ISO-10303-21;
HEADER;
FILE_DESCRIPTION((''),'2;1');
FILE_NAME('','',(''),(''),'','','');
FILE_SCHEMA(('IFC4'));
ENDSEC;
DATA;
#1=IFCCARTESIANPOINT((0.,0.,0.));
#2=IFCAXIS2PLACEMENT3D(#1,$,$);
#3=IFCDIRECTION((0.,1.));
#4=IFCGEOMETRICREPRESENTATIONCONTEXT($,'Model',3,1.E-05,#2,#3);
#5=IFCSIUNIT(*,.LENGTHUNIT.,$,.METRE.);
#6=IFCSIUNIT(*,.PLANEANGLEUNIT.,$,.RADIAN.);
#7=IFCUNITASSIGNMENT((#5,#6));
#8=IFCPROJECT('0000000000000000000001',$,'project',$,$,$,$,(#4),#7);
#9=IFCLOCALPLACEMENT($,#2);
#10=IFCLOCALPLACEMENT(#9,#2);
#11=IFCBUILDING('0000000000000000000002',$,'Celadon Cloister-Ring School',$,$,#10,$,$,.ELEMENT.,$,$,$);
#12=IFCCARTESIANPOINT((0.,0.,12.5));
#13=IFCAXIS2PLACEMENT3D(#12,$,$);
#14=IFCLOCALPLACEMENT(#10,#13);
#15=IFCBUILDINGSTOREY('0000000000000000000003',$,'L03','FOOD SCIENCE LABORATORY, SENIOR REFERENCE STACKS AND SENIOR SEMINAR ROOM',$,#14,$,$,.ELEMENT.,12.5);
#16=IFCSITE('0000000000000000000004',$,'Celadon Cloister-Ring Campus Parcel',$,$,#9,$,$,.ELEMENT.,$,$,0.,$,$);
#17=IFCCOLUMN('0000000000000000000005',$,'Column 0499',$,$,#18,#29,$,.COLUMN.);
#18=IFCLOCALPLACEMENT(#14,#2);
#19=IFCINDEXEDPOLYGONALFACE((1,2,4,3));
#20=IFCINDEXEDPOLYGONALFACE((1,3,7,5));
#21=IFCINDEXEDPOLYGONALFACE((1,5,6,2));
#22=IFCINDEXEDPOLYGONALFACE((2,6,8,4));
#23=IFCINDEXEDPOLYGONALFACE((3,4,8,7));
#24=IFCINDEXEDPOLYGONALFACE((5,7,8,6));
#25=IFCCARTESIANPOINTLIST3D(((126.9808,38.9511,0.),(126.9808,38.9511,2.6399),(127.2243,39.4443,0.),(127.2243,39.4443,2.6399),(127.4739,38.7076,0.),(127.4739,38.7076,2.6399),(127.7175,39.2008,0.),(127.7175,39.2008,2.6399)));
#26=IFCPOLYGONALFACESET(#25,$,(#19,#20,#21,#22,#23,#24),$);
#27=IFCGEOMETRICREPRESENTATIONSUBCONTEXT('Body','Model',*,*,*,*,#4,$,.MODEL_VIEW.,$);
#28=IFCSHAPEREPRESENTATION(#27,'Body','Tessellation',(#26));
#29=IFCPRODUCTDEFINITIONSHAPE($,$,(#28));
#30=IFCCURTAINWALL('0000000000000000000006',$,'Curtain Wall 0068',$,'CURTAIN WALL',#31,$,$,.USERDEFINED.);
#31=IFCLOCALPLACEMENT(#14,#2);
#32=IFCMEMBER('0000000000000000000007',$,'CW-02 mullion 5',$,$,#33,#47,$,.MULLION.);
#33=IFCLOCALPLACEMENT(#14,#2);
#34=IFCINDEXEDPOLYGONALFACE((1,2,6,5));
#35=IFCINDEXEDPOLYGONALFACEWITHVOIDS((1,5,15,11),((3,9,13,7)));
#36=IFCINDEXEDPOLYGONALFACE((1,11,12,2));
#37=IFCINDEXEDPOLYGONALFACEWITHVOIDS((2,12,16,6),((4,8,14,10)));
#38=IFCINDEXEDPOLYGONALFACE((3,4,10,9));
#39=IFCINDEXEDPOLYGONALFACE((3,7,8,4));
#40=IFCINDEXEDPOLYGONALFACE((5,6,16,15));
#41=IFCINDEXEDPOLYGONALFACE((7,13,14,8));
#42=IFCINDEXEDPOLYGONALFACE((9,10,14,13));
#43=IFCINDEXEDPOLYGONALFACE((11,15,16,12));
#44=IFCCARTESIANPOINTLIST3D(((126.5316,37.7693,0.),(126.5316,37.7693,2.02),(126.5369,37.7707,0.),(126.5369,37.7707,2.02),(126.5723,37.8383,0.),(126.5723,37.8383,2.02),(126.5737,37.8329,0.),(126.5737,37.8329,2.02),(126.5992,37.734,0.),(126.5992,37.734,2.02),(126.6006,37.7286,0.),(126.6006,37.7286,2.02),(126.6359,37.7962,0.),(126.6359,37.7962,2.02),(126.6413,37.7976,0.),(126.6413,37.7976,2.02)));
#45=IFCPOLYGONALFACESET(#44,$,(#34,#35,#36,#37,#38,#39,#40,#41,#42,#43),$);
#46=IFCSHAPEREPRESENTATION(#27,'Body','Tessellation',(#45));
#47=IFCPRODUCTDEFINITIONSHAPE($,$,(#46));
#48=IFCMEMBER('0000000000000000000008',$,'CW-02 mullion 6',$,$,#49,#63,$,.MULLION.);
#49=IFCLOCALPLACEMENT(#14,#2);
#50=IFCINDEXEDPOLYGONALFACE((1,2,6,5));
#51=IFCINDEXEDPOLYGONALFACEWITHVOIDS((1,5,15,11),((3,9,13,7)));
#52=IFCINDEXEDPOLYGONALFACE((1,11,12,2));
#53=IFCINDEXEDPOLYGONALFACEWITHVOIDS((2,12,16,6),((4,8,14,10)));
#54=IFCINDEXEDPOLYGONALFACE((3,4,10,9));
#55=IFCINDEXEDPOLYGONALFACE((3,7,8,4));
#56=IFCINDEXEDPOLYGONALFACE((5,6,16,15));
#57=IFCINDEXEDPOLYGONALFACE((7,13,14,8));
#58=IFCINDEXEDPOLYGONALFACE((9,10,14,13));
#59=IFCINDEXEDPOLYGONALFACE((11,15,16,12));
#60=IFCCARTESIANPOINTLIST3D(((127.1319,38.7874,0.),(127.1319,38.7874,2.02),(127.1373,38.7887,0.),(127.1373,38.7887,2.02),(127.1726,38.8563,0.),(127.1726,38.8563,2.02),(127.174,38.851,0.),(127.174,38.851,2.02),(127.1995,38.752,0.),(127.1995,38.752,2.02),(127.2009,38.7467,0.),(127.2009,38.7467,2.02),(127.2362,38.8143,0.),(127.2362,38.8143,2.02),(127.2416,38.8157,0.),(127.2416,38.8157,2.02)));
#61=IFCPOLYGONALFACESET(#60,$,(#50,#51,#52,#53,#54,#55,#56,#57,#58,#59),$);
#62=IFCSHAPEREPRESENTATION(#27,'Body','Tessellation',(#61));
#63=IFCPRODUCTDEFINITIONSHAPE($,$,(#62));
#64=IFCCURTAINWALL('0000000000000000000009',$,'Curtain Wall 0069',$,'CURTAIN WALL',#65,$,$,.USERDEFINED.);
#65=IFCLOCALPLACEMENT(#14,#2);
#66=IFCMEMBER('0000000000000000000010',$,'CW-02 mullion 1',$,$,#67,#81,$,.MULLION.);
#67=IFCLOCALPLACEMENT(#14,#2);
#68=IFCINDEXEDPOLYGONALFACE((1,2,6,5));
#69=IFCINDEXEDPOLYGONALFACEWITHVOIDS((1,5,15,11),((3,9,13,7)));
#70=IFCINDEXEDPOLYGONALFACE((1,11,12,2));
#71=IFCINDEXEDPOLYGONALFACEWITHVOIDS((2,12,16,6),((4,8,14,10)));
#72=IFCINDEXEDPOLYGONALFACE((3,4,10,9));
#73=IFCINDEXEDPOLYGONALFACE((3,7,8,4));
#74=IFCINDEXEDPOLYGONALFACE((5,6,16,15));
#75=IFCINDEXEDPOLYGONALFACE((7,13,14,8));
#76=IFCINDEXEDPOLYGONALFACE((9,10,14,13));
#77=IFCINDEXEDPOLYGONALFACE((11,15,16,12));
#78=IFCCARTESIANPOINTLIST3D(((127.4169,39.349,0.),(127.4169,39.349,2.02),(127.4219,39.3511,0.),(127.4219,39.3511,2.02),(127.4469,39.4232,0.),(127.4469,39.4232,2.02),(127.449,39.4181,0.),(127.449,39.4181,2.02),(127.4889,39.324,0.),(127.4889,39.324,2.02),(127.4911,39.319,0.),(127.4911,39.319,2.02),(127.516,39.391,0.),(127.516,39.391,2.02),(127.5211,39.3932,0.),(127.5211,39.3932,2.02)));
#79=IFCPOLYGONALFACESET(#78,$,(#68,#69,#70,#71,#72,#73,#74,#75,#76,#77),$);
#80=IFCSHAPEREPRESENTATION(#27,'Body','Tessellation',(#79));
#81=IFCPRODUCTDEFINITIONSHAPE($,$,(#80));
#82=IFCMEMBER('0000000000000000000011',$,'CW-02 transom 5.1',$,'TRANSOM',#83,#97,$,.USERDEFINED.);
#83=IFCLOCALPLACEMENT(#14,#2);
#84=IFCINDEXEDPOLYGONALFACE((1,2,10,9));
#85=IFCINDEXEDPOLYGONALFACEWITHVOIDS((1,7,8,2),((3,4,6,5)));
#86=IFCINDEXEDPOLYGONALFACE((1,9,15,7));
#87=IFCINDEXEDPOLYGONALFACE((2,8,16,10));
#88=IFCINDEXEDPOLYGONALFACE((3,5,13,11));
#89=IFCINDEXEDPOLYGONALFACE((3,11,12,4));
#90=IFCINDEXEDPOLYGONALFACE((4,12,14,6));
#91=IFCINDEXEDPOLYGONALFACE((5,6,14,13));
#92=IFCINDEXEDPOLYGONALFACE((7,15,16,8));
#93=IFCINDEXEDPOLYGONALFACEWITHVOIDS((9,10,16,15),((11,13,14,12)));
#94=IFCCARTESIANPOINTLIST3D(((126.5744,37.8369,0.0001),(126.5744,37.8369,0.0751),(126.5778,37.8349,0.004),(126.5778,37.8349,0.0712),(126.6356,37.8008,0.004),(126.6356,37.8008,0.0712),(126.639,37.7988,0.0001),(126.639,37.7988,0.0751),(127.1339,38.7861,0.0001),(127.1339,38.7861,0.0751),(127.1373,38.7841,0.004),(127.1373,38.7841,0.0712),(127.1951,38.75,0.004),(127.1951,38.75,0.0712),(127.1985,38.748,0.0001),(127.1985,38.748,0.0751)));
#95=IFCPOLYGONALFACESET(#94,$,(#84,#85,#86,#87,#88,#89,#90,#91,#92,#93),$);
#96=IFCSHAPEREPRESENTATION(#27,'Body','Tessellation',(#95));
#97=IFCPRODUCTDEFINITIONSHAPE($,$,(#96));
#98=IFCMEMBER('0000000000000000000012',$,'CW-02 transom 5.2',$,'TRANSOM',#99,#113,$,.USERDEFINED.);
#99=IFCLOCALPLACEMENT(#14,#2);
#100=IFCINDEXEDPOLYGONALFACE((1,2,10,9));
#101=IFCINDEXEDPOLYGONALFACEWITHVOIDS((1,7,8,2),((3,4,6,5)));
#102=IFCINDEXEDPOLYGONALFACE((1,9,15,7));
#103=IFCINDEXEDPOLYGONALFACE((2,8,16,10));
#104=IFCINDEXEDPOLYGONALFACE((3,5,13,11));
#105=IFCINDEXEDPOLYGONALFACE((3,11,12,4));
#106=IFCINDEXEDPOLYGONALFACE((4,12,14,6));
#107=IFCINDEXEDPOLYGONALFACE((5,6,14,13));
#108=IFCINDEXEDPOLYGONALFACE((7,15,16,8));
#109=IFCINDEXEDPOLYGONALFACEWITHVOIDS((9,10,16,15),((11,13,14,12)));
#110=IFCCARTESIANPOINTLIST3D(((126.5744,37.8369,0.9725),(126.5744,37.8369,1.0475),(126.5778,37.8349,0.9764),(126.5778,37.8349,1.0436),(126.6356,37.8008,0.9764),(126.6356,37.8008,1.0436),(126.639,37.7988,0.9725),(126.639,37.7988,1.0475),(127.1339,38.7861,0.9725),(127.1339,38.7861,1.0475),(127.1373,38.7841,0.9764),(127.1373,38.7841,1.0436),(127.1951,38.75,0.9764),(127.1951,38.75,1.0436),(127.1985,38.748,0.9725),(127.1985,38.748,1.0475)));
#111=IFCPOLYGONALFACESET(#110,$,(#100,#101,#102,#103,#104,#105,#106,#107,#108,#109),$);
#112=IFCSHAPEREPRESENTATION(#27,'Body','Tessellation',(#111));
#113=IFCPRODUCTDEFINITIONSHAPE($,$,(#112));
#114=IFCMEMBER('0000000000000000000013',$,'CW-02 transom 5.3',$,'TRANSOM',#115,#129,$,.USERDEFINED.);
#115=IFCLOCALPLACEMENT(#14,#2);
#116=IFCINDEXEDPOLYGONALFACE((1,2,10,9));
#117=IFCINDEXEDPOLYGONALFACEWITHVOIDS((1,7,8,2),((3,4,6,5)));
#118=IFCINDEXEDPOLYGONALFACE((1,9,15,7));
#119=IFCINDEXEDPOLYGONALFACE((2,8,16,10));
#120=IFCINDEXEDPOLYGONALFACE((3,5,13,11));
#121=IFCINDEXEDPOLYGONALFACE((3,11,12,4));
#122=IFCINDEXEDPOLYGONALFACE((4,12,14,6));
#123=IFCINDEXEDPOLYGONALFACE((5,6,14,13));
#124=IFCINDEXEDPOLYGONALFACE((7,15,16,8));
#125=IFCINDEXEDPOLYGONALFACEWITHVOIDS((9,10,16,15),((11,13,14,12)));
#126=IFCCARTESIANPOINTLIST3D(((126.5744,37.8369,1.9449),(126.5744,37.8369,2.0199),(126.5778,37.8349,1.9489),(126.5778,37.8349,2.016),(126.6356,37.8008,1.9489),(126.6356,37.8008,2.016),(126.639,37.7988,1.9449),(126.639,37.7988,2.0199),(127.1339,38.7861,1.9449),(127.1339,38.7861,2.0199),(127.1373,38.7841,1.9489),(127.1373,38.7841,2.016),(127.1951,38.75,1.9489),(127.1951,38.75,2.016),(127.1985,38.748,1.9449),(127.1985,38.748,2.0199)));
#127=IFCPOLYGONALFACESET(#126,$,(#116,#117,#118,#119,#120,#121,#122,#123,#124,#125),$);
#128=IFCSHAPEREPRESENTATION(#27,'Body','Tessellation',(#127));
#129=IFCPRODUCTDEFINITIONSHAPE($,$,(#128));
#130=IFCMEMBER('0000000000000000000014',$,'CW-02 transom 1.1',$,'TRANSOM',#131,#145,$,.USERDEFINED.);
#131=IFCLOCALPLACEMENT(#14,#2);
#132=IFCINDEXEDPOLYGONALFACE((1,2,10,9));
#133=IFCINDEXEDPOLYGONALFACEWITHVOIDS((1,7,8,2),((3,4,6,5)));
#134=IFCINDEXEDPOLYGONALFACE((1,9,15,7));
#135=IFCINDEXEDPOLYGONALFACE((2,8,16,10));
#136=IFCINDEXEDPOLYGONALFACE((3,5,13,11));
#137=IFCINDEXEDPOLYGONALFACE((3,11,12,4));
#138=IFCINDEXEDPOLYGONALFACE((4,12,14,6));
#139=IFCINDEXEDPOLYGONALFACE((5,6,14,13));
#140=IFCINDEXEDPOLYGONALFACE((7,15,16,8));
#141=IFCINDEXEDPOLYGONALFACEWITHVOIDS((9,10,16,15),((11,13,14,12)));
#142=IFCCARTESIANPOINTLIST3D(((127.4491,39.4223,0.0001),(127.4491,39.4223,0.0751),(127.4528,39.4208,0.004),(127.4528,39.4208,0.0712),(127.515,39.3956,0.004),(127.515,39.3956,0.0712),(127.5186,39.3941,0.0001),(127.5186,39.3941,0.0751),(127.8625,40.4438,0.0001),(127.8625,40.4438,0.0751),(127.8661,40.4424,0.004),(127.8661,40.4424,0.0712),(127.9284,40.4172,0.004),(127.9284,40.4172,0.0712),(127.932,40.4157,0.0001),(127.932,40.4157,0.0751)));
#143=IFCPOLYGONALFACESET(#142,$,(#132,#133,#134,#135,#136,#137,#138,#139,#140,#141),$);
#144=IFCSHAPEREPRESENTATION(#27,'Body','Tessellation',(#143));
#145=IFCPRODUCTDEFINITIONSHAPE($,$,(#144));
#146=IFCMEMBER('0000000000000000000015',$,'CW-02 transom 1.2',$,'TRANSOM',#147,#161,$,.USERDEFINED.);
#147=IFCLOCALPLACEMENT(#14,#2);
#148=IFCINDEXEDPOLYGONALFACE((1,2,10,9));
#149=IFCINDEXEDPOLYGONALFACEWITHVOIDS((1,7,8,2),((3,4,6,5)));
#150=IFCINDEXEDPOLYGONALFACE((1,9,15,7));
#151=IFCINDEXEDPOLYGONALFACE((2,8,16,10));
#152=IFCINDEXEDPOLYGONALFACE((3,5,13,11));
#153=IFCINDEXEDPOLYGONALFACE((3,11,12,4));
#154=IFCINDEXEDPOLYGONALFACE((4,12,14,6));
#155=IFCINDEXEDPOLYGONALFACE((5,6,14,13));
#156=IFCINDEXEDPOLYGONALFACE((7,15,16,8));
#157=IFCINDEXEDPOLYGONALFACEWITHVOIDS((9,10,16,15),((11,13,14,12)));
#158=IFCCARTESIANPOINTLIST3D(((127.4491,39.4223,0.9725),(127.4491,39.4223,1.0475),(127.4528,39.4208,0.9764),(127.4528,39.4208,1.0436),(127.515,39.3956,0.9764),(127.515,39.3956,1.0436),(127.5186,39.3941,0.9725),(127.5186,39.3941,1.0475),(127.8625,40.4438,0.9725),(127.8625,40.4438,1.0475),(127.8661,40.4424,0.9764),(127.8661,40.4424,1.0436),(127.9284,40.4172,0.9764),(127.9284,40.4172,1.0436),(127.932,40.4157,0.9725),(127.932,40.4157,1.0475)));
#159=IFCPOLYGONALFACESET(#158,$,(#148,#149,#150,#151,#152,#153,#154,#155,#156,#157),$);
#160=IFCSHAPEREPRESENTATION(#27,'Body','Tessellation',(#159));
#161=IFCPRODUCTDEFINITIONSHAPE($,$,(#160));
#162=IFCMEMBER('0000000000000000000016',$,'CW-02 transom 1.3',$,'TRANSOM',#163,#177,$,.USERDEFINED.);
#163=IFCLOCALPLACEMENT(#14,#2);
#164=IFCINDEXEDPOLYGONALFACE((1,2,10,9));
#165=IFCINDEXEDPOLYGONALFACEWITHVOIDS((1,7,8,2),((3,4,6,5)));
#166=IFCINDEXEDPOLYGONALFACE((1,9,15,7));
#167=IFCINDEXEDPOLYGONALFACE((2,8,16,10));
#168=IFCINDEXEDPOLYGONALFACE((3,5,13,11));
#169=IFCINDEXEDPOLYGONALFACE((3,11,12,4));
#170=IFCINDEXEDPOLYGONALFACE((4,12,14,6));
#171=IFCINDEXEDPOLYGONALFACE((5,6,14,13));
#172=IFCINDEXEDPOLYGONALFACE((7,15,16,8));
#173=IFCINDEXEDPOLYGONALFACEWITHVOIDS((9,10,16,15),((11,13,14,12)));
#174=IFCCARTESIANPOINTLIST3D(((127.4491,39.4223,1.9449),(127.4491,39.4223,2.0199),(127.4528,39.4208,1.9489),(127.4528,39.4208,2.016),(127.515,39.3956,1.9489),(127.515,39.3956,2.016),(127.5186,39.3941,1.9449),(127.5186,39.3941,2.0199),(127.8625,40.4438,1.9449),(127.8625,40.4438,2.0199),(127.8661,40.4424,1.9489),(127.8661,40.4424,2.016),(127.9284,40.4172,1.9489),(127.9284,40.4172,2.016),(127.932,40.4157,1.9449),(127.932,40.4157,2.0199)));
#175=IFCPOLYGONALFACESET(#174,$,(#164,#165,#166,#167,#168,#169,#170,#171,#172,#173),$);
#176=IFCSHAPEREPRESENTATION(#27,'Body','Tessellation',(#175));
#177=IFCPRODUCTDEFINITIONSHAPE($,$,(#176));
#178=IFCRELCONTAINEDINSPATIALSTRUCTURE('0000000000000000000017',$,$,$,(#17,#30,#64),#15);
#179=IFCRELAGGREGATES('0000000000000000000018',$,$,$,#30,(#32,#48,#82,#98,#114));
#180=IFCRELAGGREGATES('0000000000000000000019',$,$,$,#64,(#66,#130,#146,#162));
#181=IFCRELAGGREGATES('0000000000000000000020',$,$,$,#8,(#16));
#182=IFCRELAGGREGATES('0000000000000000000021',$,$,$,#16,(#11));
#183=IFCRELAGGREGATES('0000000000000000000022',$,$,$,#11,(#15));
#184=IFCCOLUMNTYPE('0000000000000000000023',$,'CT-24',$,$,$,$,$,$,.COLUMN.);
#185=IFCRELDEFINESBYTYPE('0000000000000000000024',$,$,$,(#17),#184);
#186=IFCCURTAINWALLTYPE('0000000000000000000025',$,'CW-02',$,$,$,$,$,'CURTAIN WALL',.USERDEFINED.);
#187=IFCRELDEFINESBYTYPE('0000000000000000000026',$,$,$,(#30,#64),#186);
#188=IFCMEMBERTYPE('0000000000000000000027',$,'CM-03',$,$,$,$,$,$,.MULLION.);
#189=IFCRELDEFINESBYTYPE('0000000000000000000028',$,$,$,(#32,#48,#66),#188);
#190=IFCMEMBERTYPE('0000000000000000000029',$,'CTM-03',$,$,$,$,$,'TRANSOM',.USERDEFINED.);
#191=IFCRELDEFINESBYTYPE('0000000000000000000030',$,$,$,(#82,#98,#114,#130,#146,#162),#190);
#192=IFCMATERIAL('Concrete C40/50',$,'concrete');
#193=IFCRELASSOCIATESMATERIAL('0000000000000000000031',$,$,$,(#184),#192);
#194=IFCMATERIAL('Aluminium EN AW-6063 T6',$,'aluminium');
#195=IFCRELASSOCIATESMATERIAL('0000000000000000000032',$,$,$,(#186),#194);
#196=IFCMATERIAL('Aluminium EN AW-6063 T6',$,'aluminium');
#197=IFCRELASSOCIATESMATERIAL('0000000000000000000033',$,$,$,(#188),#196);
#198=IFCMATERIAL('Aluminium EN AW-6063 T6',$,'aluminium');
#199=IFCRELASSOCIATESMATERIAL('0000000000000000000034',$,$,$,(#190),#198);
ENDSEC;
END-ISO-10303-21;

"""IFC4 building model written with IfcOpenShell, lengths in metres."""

from ifc_helpers import new_model, si_unit, direction, frame, origin, origin_2d, place, context, subcontext, project, spatial, rectangle, hollow_rectangle, extrude, material, material_profile, profile_set, type_object, element, aggregate, save


model = new_model("IFC4")

# Units and contexts
model_context = context("Model", 3, precision=1e-05, world=origin(), true_north=direction((0.0, 1.0)))
body_context = subcontext(model_context, "Body", "Model", "MODEL_VIEW")
ifc_project = project(units=[si_unit("LENGTHUNIT", "METRE"), si_unit("PLANEANGLEUNIT", "RADIAN")], contexts=[model_context])

# Site, building, storey
site_placement = place(None, origin())
site = spatial("IfcSite", under=ifc_project, at=site_placement, Name="Celadon Cloister-Ring Campus Parcel", CompositionType="ELEMENT", RefElevation=0.0)
building_placement = place(site_placement, origin())
building = spatial("IfcBuilding", under=site, at=building_placement, Name="Celadon Cloister-Ring School", CompositionType="ELEMENT")
storey_placement = place(building_placement, frame((0.0, 0.0, 12.5)))
storey = spatial("IfcBuildingStorey", under=building, at=storey_placement, Name="L03", Description="FOOD SCIENCE LABORATORY, SENIOR REFERENCE STACKS AND SENIOR SEMINAR ROOM", CompositionType="ELEMENT", Elevation=12.5)

# Column
ifc_material_1 = material(Name="Concrete C40/50", Category="concrete")
ifc_material_profile_1 = material_profile(ifc_material_1, rectangle(XDim=0.55, YDim=0.55, at=origin_2d()), Name="RC550X550")
ifc_profile_set_1 = profile_set([ifc_material_profile_1], Name="Concrete C40/50")
column_type = type_object("IfcColumnType", Name="CT-24", PredefinedType="COLUMN", material=ifc_profile_set_1)
column_placement = place(storey_placement, frame((127.3491, 39.0759, 0.0), z_axis=(0.0, 0.0, 1.0), x_axis=(0.896641, -0.442758, 0.0)))
element("IfcColumn", 1, at=column_placement, inside=storey, type_object=column_type, Name="Column 0499", PredefinedType="COLUMN", context=body_context, shape_type="SweptSolid", body=[
    extrude(rectangle(XDim=0.55, YDim=0.55, at=origin_2d()), origin(), (0.0, 0.0, 1.0), 2.6399),
])

# Curtain wall, members
ifc_material_2 = material(Name="Aluminium EN AW-6063 T6", Category="aluminium")
curtain_wall_type = type_object("IfcCurtainWallType", Name="CW-02", ElementType="CURTAIN WALL", PredefinedType="USERDEFINED", material=ifc_material_2)
curtain_wall_1_placement = place(storey_placement, origin())
curtain_wall_1 = element("IfcCurtainWall", 2, at=curtain_wall_1_placement, inside=storey, type_object=curtain_wall_type, Name="Curtain Wall 0068", ObjectType="CURTAIN WALL", PredefinedType="USERDEFINED")
ifc_material_3 = material(Name="Aluminium EN AW-6063 T6", Category="aluminium")
ifc_material_profile_2 = material_profile(ifc_material_3, hollow_rectangle(XDim=0.0801, YDim=0.0801, WallThickness=0.0039, at=origin_2d()), Name="RHS80X80X4")
ifc_profile_set_2 = profile_set([ifc_material_profile_2], Name="Aluminium EN AW-6063 T6")
member_type_1 = type_object("IfcMemberType", Name="CM-03", PredefinedType="MULLION", material=ifc_profile_set_2)
member_1_placement = place(storey_placement, frame((126.5864, 37.7834, 0.0), z_axis=(0.0, 0.0, 1.0), x_axis=(-0.861425, 0.507885, 0.0)))
member_1 = element("IfcMember", 3, at=member_1_placement, type_object=member_type_1, Name="CW-02 mullion 5", PredefinedType="MULLION", context=body_context, shape_type="SweptSolid", body=[
    extrude(hollow_rectangle(XDim=0.0801, YDim=0.0801, WallThickness=0.0039, at=origin_2d()), origin(), (0.0, 0.0, 1.0), 2.02),
])
member_2_placement = place(storey_placement, frame((127.1868, 38.8015, 0.0), z_axis=(0.0, 0.0, 1.0), x_axis=(-0.861425, 0.507885, 0.0)))
member_2 = element("IfcMember", 4, at=member_2_placement, type_object=member_type_1, Name="CW-02 mullion 6", PredefinedType="MULLION", context=body_context, shape_type="SweptSolid", body=[
    extrude(hollow_rectangle(XDim=0.0801, YDim=0.0801, WallThickness=0.0039, at=origin_2d()), origin(), (0.0, 0.0, 1.0), 2.02),
])

# Curtain wall, member
curtain_wall_2_placement = place(storey_placement, origin())
curtain_wall_2 = element("IfcCurtainWall", 5, at=curtain_wall_2_placement, inside=storey, type_object=curtain_wall_type, Name="Curtain Wall 0069", ObjectType="CURTAIN WALL", PredefinedType="USERDEFINED")
member_3_placement = place(storey_placement, frame((127.469, 39.3711, 0.0), z_axis=(0.0, 0.0, 1.0), x_axis=(-0.927036, 0.374972, 0.0)))
member_3 = element("IfcMember", 6, at=member_3_placement, type_object=member_type_1, Name="CW-02 mullion 1", PredefinedType="MULLION", context=body_context, shape_type="SweptSolid", body=[
    extrude(hollow_rectangle(XDim=0.0801, YDim=0.0801, WallThickness=0.0039, at=origin_2d()), origin(), (0.0, 0.0, 1.0), 2.02),
])

# Members
ifc_material_4 = material(Name="Aluminium EN AW-6063 T6", Category="aluminium")
ifc_material_profile_3 = material_profile(ifc_material_4, hollow_rectangle(XDim=0.075, YDim=0.075, WallThickness=0.0039, at=origin_2d()), Name="RHS75X75X4")
ifc_profile_set_3 = profile_set([ifc_material_profile_3], Name="Aluminium EN AW-6063 T6")
member_type_2 = type_object("IfcMemberType", Name="CTM-03", ElementType="TRANSOM", PredefinedType="USERDEFINED", material=ifc_profile_set_3)
member_4_placement = place(storey_placement, frame((126.6067, 37.8179, 0.0376), z_axis=(0.507833, 0.861455, 0.0), x_axis=(-0.861455, 0.507833, 0.0)))
member_4 = element("IfcMember", 7, at=member_4_placement, type_object=member_type_2, Name="CW-02 transom 5.1", ObjectType="TRANSOM", PredefinedType="USERDEFINED", context=body_context, shape_type="SweptSolid", body=[
    extrude(hollow_rectangle(XDim=0.075, YDim=0.075, WallThickness=0.0039, at=origin_2d()), origin(), (0.0, 0.0, 1.0), 1.1018),
])
member_5_placement = place(storey_placement, frame((126.6067, 37.8179, 1.01), z_axis=(0.507833, 0.861455, 0.0), x_axis=(-0.861455, 0.507833, 0.0)))
member_5 = element("IfcMember", 8, at=member_5_placement, type_object=member_type_2, Name="CW-02 transom 5.2", ObjectType="TRANSOM", PredefinedType="USERDEFINED", context=body_context, shape_type="SweptSolid", body=[
    extrude(hollow_rectangle(XDim=0.075, YDim=0.075, WallThickness=0.0039, at=origin_2d()), origin(), (0.0, 0.0, 1.0), 1.1018),
])
member_6_placement = place(storey_placement, frame((126.6067, 37.8179, 1.9824), z_axis=(0.507833, 0.861455, 0.0), x_axis=(-0.861455, 0.507833, 0.0)))
member_6 = element("IfcMember", 9, at=member_6_placement, type_object=member_type_2, Name="CW-02 transom 5.3", ObjectType="TRANSOM", PredefinedType="USERDEFINED", context=body_context, shape_type="SweptSolid", body=[
    extrude(hollow_rectangle(XDim=0.075, YDim=0.075, WallThickness=0.0039, at=origin_2d()), origin(), (0.0, 0.0, 1.0), 1.1018),
])
member_7_placement = place(storey_placement, frame((127.4839, 39.4082, 0.0376), z_axis=(0.375093, 0.926987, 0.0), x_axis=(-0.926987, 0.375093, 0.0)))
member_7 = element("IfcMember", 10, at=member_7_placement, type_object=member_type_2, Name="CW-02 transom 1.1", ObjectType="TRANSOM", PredefinedType="USERDEFINED", context=body_context, shape_type="SweptSolid", body=[
    extrude(hollow_rectangle(XDim=0.075, YDim=0.075, WallThickness=0.0039, at=origin_2d()), origin(), (0.0, 0.0, 1.0), 1.1021),
])
member_8_placement = place(storey_placement, frame((127.4839, 39.4082, 1.01), z_axis=(0.375093, 0.926987, 0.0), x_axis=(-0.926987, 0.375093, 0.0)))
member_8 = element("IfcMember", 11, at=member_8_placement, type_object=member_type_2, Name="CW-02 transom 1.2", ObjectType="TRANSOM", PredefinedType="USERDEFINED", context=body_context, shape_type="SweptSolid", body=[
    extrude(hollow_rectangle(XDim=0.075, YDim=0.075, WallThickness=0.0039, at=origin_2d()), origin(), (0.0, 0.0, 1.0), 1.1021),
])
member_9_placement = place(storey_placement, frame((127.4839, 39.4082, 1.9824), z_axis=(0.375093, 0.926987, 0.0), x_axis=(-0.926987, 0.375093, 0.0)))
member_9 = element("IfcMember", 12, at=member_9_placement, type_object=member_type_2, Name="CW-02 transom 1.3", ObjectType="TRANSOM", PredefinedType="USERDEFINED", context=body_context, shape_type="SweptSolid", body=[
    extrude(hollow_rectangle(XDim=0.075, YDim=0.075, WallThickness=0.0039, at=origin_2d()), origin(), (0.0, 0.0, 1.0), 1.1021),
])

aggregate(curtain_wall_1, [member_1, member_2, member_4, member_5, member_6])
aggregate(curtain_wall_2, [member_3, member_7, member_8, member_9])

save(model, "model.ifc")
